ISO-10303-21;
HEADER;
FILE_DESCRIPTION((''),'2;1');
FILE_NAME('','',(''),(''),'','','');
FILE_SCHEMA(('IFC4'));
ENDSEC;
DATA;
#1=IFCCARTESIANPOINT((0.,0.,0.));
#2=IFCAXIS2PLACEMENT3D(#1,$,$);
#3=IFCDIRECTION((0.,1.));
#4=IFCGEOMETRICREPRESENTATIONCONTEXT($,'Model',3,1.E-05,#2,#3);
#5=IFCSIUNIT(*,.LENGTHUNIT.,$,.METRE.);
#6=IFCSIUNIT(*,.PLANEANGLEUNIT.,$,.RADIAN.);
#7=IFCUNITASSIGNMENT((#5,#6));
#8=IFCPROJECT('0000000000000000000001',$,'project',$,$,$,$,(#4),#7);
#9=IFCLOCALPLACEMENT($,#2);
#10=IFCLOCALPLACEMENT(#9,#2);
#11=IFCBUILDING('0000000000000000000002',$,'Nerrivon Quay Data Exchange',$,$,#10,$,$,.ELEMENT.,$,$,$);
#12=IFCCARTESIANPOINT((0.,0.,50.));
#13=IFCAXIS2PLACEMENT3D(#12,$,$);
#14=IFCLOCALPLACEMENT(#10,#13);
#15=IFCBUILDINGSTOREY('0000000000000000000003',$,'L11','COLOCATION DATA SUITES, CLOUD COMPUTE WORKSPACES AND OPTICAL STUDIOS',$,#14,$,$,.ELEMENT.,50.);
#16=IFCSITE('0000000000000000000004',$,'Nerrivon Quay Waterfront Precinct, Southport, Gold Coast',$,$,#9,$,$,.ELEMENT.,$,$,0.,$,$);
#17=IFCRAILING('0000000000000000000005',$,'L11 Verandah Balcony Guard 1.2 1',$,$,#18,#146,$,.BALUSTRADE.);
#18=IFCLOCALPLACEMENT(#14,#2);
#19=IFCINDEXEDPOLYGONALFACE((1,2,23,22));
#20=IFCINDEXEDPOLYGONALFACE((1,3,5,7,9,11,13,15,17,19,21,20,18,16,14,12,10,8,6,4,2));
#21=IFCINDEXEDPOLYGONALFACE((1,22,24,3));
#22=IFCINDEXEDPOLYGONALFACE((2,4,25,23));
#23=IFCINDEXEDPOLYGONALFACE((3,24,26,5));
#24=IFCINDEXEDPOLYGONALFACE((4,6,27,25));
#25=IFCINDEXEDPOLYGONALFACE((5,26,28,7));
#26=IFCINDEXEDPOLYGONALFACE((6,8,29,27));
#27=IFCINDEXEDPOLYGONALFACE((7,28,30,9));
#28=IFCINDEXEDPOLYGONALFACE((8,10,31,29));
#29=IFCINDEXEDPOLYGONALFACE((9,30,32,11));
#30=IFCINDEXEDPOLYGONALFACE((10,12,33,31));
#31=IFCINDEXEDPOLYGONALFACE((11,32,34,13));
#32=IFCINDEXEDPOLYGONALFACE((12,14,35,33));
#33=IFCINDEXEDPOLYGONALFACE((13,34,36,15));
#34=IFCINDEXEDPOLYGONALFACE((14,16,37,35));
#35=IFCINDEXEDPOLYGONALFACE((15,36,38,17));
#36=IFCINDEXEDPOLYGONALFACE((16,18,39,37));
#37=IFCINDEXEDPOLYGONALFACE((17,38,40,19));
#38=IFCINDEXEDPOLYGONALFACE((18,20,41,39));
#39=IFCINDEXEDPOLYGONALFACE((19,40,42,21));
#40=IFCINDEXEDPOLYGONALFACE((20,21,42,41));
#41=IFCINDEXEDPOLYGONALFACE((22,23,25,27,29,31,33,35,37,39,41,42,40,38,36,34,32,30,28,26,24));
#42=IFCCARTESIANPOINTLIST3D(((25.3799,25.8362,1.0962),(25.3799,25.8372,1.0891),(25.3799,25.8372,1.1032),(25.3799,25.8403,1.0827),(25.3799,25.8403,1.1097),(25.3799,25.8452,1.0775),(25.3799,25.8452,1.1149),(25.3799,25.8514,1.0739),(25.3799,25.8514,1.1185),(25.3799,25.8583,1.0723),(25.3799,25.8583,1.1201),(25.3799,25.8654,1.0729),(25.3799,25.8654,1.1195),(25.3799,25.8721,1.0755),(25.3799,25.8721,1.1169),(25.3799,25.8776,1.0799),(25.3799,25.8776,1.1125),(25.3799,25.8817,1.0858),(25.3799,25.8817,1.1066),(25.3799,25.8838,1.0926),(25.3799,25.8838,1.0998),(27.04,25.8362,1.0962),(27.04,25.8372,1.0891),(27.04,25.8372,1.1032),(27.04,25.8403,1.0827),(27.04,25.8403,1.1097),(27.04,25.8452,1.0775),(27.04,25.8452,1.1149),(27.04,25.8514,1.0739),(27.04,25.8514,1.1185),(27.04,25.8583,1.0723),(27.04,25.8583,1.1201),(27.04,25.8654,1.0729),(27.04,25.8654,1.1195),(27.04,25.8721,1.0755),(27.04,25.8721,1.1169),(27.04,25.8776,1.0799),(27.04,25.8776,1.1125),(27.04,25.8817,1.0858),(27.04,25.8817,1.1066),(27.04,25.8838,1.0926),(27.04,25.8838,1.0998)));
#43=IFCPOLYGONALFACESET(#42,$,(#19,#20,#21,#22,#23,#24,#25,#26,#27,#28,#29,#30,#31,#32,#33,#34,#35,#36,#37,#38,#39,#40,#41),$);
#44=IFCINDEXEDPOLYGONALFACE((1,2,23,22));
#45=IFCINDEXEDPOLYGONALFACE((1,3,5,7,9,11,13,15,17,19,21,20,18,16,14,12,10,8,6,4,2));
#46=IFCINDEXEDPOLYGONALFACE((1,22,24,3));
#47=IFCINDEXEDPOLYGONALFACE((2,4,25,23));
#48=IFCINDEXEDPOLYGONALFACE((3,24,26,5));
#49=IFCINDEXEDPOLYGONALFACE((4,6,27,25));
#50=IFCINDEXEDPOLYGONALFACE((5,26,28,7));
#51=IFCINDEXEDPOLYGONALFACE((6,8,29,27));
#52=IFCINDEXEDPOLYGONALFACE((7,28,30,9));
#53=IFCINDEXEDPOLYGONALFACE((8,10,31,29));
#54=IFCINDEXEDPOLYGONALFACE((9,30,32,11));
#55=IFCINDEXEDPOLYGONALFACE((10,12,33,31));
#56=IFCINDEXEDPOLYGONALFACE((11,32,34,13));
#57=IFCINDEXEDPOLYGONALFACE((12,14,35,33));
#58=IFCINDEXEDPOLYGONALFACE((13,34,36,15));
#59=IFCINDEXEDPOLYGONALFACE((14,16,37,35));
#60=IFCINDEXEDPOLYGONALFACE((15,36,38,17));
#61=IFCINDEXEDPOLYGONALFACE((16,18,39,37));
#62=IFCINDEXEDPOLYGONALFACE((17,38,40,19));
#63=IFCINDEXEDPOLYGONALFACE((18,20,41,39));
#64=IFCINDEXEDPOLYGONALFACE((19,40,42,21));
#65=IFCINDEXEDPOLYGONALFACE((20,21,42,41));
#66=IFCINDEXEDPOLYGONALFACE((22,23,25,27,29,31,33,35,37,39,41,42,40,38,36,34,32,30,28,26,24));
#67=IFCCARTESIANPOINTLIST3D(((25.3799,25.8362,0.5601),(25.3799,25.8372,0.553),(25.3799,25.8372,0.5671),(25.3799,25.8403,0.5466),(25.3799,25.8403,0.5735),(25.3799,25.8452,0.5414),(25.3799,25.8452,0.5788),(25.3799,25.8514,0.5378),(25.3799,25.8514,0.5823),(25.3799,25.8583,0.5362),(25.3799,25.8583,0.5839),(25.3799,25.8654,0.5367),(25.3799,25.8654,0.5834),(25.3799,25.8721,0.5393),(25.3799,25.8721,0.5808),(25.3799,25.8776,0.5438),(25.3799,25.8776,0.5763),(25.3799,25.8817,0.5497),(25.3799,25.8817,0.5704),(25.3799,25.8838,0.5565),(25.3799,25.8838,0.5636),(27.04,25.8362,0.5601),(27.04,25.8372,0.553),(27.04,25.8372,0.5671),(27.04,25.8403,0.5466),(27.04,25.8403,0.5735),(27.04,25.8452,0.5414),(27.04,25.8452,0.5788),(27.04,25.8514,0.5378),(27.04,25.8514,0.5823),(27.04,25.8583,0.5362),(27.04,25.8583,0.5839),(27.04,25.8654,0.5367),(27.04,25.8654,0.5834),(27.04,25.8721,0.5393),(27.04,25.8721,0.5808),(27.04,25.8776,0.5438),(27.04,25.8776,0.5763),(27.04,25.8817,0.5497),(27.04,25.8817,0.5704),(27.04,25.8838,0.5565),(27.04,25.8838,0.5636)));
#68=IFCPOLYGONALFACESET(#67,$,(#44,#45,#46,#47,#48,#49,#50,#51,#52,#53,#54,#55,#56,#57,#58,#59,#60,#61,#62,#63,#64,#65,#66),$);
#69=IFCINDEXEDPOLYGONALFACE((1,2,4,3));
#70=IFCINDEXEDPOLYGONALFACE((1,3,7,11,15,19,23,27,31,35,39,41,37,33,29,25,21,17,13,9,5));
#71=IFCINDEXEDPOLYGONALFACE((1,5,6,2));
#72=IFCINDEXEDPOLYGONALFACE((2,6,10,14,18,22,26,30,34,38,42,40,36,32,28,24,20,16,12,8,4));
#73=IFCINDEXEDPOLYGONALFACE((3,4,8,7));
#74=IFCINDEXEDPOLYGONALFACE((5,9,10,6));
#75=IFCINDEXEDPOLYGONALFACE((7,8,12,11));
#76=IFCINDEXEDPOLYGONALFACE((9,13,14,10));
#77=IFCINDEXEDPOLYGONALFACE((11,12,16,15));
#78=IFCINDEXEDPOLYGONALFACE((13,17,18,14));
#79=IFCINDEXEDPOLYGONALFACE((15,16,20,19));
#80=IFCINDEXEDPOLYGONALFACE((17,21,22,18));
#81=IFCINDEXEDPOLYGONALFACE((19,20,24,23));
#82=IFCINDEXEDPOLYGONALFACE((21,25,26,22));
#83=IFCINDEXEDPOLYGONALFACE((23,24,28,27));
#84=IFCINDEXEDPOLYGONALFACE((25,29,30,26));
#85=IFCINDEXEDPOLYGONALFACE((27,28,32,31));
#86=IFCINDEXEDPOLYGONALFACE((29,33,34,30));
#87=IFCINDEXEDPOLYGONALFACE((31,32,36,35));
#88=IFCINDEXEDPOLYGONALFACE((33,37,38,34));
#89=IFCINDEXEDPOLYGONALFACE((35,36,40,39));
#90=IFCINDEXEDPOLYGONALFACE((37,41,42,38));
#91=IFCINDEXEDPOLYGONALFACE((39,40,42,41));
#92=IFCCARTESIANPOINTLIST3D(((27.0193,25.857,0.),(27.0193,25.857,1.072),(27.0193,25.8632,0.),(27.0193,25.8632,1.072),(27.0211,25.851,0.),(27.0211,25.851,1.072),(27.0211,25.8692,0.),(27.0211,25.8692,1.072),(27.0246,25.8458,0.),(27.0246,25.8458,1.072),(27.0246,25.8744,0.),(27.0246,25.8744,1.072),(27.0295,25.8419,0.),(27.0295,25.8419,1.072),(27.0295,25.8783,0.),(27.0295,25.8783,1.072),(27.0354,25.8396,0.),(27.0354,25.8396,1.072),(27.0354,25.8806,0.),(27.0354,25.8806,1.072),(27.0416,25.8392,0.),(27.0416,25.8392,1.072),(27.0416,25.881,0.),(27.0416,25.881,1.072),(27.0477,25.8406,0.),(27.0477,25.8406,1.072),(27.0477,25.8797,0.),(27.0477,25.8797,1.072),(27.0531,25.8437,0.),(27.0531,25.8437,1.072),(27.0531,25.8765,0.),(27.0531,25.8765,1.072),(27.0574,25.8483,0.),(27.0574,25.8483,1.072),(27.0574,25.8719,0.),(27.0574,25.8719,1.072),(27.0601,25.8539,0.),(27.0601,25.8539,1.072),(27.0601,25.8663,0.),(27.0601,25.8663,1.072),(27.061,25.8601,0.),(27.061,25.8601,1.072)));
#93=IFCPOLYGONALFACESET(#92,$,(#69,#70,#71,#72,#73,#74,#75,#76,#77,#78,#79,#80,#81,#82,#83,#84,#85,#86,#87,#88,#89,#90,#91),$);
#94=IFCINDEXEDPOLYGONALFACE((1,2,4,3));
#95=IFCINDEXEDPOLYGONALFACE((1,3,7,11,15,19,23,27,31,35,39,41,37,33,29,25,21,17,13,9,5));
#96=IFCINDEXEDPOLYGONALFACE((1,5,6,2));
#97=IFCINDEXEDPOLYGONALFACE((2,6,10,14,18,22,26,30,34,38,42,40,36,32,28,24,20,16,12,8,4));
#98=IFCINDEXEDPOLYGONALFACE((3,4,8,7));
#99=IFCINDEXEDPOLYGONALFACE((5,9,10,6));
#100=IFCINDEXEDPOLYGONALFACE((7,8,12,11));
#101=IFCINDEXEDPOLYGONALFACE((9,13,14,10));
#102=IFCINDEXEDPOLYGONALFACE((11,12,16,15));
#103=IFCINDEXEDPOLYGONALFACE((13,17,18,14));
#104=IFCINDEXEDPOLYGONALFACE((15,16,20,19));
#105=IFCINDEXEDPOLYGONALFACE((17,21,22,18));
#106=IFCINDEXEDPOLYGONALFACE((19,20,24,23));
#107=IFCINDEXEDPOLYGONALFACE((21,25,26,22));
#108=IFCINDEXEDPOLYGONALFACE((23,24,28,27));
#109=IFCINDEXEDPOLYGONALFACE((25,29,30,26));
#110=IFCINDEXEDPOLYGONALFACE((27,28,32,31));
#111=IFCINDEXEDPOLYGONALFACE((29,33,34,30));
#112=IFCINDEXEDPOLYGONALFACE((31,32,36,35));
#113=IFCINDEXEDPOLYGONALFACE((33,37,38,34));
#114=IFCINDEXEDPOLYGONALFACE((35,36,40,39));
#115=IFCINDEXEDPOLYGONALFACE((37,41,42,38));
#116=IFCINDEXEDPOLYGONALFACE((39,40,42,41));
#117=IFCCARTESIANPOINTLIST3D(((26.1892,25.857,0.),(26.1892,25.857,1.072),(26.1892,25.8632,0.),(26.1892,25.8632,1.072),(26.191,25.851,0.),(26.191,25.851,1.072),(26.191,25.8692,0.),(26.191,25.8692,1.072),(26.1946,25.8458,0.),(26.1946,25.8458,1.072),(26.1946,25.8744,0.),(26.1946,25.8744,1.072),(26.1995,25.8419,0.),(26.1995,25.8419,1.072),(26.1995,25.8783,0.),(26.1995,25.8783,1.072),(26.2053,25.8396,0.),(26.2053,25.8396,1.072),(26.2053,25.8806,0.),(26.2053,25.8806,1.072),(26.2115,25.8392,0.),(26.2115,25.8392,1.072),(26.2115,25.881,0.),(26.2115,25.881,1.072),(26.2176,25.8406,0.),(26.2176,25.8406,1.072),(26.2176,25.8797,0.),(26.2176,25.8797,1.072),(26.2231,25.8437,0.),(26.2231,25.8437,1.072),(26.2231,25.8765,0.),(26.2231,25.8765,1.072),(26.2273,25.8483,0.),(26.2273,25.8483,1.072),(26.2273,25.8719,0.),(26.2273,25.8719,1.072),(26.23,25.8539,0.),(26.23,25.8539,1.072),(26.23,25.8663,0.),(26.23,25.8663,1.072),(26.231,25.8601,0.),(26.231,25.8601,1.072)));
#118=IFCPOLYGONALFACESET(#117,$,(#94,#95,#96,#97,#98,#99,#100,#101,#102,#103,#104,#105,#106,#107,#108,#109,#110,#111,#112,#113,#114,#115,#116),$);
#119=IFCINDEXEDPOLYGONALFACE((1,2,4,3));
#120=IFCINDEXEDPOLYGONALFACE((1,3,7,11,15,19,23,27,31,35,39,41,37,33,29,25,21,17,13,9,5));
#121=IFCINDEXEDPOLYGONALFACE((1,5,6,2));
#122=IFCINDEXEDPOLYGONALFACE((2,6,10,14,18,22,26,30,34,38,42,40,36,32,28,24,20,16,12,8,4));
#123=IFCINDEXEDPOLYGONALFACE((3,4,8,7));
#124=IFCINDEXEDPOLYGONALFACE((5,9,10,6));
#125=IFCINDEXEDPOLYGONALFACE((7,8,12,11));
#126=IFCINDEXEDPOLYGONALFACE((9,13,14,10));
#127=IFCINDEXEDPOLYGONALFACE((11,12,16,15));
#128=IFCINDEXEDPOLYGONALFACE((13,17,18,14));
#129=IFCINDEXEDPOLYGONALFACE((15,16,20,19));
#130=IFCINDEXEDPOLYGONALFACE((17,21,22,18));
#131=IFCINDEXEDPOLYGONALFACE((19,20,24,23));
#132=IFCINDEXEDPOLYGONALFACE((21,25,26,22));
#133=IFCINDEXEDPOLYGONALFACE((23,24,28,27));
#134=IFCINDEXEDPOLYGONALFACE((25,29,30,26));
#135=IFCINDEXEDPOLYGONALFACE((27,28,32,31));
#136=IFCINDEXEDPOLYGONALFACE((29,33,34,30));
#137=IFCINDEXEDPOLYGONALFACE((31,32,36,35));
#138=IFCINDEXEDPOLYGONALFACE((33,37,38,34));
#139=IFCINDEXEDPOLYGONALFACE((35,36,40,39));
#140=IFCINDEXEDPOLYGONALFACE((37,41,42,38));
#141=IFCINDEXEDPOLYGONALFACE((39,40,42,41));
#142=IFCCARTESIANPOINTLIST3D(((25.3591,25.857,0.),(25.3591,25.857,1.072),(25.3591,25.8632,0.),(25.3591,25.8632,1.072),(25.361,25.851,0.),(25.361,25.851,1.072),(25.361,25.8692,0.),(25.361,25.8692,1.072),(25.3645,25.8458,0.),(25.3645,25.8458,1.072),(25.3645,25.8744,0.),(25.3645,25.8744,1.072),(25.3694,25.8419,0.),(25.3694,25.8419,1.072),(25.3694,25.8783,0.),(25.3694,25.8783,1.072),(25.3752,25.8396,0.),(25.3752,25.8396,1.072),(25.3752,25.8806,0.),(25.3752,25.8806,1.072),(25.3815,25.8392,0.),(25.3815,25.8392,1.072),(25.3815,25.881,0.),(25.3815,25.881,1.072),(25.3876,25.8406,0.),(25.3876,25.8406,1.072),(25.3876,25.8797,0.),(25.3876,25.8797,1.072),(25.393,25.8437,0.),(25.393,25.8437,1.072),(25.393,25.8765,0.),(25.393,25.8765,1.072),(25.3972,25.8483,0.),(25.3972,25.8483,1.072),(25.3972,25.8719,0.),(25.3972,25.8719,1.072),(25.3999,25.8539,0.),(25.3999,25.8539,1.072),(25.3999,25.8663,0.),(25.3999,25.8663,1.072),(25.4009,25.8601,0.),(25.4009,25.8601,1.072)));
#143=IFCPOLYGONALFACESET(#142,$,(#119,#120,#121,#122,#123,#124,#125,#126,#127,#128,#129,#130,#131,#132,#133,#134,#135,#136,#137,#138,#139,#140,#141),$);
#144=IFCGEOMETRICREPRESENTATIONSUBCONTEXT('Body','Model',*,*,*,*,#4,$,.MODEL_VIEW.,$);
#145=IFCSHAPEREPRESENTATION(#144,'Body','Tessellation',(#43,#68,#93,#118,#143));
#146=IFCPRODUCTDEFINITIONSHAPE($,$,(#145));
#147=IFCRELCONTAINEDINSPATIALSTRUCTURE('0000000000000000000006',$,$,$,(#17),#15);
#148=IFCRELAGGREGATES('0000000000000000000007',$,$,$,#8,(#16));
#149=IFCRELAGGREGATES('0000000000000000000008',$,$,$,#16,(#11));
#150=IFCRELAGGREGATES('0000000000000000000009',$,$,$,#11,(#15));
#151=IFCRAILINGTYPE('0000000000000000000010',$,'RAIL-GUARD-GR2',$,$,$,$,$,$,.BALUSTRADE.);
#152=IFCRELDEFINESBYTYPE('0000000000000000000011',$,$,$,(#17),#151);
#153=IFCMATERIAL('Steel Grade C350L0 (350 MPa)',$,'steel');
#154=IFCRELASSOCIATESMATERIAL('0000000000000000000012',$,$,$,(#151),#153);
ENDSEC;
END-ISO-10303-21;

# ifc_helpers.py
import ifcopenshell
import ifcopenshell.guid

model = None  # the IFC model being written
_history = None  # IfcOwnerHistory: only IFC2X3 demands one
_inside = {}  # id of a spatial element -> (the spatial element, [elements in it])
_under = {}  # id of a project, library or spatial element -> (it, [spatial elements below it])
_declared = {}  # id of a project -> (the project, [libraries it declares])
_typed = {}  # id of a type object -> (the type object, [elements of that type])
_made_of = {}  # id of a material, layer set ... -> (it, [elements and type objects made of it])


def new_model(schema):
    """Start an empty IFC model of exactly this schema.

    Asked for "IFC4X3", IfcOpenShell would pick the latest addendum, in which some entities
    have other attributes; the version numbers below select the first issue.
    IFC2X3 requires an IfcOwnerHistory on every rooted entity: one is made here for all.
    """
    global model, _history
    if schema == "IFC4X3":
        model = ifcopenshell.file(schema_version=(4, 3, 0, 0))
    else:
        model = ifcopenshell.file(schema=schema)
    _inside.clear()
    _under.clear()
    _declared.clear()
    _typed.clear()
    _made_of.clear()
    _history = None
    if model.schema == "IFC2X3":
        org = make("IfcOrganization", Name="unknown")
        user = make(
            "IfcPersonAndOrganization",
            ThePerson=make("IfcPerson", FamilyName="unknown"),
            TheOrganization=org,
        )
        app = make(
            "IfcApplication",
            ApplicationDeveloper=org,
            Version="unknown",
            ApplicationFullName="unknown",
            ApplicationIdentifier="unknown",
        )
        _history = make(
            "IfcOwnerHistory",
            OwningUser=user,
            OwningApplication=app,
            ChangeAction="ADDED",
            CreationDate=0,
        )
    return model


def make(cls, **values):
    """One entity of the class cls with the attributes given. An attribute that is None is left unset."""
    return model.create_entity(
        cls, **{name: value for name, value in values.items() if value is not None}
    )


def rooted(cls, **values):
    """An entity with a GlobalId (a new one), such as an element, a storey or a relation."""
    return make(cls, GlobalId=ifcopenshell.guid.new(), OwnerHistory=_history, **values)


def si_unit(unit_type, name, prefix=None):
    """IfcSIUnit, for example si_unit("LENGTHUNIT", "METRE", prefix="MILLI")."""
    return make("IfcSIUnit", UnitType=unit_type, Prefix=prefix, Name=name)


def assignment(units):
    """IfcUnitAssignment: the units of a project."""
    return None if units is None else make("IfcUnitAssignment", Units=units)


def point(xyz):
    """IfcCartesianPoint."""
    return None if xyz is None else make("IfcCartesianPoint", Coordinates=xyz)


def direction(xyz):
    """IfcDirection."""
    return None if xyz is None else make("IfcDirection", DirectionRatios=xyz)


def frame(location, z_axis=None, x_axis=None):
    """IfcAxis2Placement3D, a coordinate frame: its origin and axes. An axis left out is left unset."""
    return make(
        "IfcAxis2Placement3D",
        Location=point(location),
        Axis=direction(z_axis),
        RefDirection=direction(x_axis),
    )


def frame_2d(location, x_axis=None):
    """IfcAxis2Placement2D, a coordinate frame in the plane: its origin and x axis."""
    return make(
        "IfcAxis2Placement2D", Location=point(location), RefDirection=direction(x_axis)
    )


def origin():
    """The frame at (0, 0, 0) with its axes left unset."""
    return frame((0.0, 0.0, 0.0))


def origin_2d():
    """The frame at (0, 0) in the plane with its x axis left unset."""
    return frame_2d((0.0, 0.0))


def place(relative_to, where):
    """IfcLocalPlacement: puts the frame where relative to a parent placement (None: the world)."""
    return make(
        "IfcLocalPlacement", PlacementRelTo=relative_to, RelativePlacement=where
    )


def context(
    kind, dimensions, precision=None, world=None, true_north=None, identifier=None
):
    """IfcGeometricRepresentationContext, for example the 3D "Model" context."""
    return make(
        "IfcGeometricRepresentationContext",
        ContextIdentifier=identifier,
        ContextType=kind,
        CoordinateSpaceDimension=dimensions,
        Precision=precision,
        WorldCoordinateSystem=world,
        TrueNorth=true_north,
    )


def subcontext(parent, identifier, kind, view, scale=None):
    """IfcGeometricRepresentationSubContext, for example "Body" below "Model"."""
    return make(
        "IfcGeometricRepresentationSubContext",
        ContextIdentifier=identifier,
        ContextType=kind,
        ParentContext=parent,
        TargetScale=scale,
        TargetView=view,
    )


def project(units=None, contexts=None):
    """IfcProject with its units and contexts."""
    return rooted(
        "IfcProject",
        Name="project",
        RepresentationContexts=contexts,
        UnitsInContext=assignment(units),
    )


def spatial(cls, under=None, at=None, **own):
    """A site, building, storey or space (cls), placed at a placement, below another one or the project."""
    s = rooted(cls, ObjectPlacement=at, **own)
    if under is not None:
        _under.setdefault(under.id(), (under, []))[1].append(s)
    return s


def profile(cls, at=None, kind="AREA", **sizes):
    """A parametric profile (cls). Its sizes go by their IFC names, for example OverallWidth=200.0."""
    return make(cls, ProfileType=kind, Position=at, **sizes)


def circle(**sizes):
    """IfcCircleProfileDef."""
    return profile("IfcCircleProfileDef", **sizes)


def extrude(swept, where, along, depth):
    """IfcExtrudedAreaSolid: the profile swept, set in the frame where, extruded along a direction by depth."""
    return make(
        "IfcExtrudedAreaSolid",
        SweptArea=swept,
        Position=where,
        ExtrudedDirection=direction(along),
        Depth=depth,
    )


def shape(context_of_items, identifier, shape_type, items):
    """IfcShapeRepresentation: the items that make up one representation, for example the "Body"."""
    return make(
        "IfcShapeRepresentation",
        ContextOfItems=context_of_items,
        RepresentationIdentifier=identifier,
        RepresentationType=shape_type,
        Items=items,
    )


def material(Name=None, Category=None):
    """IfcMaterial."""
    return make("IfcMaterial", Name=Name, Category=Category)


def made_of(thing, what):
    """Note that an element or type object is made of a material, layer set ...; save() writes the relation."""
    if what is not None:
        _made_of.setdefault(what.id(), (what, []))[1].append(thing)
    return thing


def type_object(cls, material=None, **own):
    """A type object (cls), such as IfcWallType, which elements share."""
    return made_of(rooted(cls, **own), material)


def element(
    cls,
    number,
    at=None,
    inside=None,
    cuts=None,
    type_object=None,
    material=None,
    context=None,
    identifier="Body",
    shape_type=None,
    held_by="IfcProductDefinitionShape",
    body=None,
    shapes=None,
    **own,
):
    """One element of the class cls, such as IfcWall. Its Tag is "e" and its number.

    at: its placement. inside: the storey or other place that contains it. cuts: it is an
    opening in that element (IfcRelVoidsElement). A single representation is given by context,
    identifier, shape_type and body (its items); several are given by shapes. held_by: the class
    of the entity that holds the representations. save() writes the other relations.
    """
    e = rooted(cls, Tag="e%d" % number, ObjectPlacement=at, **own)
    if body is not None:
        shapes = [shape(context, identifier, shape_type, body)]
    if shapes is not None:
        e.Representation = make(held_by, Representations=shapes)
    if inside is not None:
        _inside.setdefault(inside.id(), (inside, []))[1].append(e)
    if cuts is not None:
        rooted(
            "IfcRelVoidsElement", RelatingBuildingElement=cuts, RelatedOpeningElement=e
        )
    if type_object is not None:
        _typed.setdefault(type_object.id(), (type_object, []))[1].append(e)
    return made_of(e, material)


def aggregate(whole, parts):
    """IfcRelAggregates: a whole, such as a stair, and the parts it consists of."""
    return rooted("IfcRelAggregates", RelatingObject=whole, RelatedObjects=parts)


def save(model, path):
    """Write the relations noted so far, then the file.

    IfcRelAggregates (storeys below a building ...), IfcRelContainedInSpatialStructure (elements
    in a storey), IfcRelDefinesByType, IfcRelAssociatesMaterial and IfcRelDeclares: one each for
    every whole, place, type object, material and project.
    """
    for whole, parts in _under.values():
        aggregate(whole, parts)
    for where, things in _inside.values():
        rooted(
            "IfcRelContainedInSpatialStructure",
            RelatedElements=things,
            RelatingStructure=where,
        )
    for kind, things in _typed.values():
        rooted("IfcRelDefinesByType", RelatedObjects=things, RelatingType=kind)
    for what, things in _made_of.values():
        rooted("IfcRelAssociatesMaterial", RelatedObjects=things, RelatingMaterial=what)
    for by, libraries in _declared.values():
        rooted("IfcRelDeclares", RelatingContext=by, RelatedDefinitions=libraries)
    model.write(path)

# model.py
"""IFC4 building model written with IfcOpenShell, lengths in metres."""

from ifc_helpers import new_model, si_unit, direction, frame, origin, origin_2d, place, context, subcontext, project, spatial, circle, extrude, material, type_object, element, save


model = new_model("IFC4")

# Units and contexts
model_context = context("Model", 3, precision=1e-05, world=origin(), true_north=direction((0.0, 1.0)))
body_context = subcontext(model_context, "Body", "Model", "MODEL_VIEW")
ifc_project = project(units=[si_unit("LENGTHUNIT", "METRE"), si_unit("PLANEANGLEUNIT", "RADIAN")], contexts=[model_context])

# Site, building, storey
site_placement = place(None, origin())
site = spatial("IfcSite", under=ifc_project, at=site_placement, Name="Nerrivon Quay Waterfront Precinct, Southport, Gold Coast", CompositionType="ELEMENT", RefElevation=0.0)
building_placement = place(site_placement, origin())
building = spatial("IfcBuilding", under=site, at=building_placement, Name="Nerrivon Quay Data Exchange", CompositionType="ELEMENT")
storey_placement = place(building_placement, frame((0.0, 0.0, 50.0)))
storey = spatial("IfcBuildingStorey", under=building, at=storey_placement, Name="L11", Description="COLOCATION DATA SUITES, CLOUD COMPUTE WORKSPACES AND OPTICAL STUDIOS", CompositionType="ELEMENT", Elevation=50.0)

# Railing
ifc_material_1 = material(Name="Steel Grade C350L0 (350 MPa)", Category="steel")
railing_type = type_object("IfcRailingType", Name="RAIL-GUARD-GR2", PredefinedType="BALUSTRADE", material=ifc_material_1)
railing_1_placement = place(storey_placement, frame((27.04, 25.8601, 0.0)))
element("IfcRailing", 1, at=railing_1_placement, inside=storey, type_object=railing_type, Name="L11 Verandah Balcony Guard 1.2 1", PredefinedType="BALUSTRADE", context=body_context, shape_type="SweptSolid", body=[
    extrude(circle(Radius=0.0239, at=origin_2d()), frame((0.0, 0.0, 1.0962), z_axis=(-1.0, 0.0, 0.0), x_axis=(0.0, -1.0, 0.0)), (0.0, 0.0, 1.0), 1.6602),
    extrude(circle(Radius=0.0239, at=origin_2d()), frame((0.0, 0.0, 0.5601), z_axis=(-1.0, 0.0, 0.0), x_axis=(0.0, -1.0, 0.0)), (0.0, 0.0, 1.0), 1.6602),
    extrude(circle(Radius=0.021, at=origin_2d()), origin(), (0.0, 0.0, 1.0), 1.072),
    extrude(circle(Radius=0.021, at=origin_2d()), frame((-0.8301, 0.0, 0.0)), (0.0, 0.0, 1.0), 1.072),
    extrude(circle(Radius=0.021, at=origin_2d()), frame((-1.6602, 0.0, 0.0)), (0.0, 0.0, 1.0), 1.072),
])

save(model, "model.ifc")
